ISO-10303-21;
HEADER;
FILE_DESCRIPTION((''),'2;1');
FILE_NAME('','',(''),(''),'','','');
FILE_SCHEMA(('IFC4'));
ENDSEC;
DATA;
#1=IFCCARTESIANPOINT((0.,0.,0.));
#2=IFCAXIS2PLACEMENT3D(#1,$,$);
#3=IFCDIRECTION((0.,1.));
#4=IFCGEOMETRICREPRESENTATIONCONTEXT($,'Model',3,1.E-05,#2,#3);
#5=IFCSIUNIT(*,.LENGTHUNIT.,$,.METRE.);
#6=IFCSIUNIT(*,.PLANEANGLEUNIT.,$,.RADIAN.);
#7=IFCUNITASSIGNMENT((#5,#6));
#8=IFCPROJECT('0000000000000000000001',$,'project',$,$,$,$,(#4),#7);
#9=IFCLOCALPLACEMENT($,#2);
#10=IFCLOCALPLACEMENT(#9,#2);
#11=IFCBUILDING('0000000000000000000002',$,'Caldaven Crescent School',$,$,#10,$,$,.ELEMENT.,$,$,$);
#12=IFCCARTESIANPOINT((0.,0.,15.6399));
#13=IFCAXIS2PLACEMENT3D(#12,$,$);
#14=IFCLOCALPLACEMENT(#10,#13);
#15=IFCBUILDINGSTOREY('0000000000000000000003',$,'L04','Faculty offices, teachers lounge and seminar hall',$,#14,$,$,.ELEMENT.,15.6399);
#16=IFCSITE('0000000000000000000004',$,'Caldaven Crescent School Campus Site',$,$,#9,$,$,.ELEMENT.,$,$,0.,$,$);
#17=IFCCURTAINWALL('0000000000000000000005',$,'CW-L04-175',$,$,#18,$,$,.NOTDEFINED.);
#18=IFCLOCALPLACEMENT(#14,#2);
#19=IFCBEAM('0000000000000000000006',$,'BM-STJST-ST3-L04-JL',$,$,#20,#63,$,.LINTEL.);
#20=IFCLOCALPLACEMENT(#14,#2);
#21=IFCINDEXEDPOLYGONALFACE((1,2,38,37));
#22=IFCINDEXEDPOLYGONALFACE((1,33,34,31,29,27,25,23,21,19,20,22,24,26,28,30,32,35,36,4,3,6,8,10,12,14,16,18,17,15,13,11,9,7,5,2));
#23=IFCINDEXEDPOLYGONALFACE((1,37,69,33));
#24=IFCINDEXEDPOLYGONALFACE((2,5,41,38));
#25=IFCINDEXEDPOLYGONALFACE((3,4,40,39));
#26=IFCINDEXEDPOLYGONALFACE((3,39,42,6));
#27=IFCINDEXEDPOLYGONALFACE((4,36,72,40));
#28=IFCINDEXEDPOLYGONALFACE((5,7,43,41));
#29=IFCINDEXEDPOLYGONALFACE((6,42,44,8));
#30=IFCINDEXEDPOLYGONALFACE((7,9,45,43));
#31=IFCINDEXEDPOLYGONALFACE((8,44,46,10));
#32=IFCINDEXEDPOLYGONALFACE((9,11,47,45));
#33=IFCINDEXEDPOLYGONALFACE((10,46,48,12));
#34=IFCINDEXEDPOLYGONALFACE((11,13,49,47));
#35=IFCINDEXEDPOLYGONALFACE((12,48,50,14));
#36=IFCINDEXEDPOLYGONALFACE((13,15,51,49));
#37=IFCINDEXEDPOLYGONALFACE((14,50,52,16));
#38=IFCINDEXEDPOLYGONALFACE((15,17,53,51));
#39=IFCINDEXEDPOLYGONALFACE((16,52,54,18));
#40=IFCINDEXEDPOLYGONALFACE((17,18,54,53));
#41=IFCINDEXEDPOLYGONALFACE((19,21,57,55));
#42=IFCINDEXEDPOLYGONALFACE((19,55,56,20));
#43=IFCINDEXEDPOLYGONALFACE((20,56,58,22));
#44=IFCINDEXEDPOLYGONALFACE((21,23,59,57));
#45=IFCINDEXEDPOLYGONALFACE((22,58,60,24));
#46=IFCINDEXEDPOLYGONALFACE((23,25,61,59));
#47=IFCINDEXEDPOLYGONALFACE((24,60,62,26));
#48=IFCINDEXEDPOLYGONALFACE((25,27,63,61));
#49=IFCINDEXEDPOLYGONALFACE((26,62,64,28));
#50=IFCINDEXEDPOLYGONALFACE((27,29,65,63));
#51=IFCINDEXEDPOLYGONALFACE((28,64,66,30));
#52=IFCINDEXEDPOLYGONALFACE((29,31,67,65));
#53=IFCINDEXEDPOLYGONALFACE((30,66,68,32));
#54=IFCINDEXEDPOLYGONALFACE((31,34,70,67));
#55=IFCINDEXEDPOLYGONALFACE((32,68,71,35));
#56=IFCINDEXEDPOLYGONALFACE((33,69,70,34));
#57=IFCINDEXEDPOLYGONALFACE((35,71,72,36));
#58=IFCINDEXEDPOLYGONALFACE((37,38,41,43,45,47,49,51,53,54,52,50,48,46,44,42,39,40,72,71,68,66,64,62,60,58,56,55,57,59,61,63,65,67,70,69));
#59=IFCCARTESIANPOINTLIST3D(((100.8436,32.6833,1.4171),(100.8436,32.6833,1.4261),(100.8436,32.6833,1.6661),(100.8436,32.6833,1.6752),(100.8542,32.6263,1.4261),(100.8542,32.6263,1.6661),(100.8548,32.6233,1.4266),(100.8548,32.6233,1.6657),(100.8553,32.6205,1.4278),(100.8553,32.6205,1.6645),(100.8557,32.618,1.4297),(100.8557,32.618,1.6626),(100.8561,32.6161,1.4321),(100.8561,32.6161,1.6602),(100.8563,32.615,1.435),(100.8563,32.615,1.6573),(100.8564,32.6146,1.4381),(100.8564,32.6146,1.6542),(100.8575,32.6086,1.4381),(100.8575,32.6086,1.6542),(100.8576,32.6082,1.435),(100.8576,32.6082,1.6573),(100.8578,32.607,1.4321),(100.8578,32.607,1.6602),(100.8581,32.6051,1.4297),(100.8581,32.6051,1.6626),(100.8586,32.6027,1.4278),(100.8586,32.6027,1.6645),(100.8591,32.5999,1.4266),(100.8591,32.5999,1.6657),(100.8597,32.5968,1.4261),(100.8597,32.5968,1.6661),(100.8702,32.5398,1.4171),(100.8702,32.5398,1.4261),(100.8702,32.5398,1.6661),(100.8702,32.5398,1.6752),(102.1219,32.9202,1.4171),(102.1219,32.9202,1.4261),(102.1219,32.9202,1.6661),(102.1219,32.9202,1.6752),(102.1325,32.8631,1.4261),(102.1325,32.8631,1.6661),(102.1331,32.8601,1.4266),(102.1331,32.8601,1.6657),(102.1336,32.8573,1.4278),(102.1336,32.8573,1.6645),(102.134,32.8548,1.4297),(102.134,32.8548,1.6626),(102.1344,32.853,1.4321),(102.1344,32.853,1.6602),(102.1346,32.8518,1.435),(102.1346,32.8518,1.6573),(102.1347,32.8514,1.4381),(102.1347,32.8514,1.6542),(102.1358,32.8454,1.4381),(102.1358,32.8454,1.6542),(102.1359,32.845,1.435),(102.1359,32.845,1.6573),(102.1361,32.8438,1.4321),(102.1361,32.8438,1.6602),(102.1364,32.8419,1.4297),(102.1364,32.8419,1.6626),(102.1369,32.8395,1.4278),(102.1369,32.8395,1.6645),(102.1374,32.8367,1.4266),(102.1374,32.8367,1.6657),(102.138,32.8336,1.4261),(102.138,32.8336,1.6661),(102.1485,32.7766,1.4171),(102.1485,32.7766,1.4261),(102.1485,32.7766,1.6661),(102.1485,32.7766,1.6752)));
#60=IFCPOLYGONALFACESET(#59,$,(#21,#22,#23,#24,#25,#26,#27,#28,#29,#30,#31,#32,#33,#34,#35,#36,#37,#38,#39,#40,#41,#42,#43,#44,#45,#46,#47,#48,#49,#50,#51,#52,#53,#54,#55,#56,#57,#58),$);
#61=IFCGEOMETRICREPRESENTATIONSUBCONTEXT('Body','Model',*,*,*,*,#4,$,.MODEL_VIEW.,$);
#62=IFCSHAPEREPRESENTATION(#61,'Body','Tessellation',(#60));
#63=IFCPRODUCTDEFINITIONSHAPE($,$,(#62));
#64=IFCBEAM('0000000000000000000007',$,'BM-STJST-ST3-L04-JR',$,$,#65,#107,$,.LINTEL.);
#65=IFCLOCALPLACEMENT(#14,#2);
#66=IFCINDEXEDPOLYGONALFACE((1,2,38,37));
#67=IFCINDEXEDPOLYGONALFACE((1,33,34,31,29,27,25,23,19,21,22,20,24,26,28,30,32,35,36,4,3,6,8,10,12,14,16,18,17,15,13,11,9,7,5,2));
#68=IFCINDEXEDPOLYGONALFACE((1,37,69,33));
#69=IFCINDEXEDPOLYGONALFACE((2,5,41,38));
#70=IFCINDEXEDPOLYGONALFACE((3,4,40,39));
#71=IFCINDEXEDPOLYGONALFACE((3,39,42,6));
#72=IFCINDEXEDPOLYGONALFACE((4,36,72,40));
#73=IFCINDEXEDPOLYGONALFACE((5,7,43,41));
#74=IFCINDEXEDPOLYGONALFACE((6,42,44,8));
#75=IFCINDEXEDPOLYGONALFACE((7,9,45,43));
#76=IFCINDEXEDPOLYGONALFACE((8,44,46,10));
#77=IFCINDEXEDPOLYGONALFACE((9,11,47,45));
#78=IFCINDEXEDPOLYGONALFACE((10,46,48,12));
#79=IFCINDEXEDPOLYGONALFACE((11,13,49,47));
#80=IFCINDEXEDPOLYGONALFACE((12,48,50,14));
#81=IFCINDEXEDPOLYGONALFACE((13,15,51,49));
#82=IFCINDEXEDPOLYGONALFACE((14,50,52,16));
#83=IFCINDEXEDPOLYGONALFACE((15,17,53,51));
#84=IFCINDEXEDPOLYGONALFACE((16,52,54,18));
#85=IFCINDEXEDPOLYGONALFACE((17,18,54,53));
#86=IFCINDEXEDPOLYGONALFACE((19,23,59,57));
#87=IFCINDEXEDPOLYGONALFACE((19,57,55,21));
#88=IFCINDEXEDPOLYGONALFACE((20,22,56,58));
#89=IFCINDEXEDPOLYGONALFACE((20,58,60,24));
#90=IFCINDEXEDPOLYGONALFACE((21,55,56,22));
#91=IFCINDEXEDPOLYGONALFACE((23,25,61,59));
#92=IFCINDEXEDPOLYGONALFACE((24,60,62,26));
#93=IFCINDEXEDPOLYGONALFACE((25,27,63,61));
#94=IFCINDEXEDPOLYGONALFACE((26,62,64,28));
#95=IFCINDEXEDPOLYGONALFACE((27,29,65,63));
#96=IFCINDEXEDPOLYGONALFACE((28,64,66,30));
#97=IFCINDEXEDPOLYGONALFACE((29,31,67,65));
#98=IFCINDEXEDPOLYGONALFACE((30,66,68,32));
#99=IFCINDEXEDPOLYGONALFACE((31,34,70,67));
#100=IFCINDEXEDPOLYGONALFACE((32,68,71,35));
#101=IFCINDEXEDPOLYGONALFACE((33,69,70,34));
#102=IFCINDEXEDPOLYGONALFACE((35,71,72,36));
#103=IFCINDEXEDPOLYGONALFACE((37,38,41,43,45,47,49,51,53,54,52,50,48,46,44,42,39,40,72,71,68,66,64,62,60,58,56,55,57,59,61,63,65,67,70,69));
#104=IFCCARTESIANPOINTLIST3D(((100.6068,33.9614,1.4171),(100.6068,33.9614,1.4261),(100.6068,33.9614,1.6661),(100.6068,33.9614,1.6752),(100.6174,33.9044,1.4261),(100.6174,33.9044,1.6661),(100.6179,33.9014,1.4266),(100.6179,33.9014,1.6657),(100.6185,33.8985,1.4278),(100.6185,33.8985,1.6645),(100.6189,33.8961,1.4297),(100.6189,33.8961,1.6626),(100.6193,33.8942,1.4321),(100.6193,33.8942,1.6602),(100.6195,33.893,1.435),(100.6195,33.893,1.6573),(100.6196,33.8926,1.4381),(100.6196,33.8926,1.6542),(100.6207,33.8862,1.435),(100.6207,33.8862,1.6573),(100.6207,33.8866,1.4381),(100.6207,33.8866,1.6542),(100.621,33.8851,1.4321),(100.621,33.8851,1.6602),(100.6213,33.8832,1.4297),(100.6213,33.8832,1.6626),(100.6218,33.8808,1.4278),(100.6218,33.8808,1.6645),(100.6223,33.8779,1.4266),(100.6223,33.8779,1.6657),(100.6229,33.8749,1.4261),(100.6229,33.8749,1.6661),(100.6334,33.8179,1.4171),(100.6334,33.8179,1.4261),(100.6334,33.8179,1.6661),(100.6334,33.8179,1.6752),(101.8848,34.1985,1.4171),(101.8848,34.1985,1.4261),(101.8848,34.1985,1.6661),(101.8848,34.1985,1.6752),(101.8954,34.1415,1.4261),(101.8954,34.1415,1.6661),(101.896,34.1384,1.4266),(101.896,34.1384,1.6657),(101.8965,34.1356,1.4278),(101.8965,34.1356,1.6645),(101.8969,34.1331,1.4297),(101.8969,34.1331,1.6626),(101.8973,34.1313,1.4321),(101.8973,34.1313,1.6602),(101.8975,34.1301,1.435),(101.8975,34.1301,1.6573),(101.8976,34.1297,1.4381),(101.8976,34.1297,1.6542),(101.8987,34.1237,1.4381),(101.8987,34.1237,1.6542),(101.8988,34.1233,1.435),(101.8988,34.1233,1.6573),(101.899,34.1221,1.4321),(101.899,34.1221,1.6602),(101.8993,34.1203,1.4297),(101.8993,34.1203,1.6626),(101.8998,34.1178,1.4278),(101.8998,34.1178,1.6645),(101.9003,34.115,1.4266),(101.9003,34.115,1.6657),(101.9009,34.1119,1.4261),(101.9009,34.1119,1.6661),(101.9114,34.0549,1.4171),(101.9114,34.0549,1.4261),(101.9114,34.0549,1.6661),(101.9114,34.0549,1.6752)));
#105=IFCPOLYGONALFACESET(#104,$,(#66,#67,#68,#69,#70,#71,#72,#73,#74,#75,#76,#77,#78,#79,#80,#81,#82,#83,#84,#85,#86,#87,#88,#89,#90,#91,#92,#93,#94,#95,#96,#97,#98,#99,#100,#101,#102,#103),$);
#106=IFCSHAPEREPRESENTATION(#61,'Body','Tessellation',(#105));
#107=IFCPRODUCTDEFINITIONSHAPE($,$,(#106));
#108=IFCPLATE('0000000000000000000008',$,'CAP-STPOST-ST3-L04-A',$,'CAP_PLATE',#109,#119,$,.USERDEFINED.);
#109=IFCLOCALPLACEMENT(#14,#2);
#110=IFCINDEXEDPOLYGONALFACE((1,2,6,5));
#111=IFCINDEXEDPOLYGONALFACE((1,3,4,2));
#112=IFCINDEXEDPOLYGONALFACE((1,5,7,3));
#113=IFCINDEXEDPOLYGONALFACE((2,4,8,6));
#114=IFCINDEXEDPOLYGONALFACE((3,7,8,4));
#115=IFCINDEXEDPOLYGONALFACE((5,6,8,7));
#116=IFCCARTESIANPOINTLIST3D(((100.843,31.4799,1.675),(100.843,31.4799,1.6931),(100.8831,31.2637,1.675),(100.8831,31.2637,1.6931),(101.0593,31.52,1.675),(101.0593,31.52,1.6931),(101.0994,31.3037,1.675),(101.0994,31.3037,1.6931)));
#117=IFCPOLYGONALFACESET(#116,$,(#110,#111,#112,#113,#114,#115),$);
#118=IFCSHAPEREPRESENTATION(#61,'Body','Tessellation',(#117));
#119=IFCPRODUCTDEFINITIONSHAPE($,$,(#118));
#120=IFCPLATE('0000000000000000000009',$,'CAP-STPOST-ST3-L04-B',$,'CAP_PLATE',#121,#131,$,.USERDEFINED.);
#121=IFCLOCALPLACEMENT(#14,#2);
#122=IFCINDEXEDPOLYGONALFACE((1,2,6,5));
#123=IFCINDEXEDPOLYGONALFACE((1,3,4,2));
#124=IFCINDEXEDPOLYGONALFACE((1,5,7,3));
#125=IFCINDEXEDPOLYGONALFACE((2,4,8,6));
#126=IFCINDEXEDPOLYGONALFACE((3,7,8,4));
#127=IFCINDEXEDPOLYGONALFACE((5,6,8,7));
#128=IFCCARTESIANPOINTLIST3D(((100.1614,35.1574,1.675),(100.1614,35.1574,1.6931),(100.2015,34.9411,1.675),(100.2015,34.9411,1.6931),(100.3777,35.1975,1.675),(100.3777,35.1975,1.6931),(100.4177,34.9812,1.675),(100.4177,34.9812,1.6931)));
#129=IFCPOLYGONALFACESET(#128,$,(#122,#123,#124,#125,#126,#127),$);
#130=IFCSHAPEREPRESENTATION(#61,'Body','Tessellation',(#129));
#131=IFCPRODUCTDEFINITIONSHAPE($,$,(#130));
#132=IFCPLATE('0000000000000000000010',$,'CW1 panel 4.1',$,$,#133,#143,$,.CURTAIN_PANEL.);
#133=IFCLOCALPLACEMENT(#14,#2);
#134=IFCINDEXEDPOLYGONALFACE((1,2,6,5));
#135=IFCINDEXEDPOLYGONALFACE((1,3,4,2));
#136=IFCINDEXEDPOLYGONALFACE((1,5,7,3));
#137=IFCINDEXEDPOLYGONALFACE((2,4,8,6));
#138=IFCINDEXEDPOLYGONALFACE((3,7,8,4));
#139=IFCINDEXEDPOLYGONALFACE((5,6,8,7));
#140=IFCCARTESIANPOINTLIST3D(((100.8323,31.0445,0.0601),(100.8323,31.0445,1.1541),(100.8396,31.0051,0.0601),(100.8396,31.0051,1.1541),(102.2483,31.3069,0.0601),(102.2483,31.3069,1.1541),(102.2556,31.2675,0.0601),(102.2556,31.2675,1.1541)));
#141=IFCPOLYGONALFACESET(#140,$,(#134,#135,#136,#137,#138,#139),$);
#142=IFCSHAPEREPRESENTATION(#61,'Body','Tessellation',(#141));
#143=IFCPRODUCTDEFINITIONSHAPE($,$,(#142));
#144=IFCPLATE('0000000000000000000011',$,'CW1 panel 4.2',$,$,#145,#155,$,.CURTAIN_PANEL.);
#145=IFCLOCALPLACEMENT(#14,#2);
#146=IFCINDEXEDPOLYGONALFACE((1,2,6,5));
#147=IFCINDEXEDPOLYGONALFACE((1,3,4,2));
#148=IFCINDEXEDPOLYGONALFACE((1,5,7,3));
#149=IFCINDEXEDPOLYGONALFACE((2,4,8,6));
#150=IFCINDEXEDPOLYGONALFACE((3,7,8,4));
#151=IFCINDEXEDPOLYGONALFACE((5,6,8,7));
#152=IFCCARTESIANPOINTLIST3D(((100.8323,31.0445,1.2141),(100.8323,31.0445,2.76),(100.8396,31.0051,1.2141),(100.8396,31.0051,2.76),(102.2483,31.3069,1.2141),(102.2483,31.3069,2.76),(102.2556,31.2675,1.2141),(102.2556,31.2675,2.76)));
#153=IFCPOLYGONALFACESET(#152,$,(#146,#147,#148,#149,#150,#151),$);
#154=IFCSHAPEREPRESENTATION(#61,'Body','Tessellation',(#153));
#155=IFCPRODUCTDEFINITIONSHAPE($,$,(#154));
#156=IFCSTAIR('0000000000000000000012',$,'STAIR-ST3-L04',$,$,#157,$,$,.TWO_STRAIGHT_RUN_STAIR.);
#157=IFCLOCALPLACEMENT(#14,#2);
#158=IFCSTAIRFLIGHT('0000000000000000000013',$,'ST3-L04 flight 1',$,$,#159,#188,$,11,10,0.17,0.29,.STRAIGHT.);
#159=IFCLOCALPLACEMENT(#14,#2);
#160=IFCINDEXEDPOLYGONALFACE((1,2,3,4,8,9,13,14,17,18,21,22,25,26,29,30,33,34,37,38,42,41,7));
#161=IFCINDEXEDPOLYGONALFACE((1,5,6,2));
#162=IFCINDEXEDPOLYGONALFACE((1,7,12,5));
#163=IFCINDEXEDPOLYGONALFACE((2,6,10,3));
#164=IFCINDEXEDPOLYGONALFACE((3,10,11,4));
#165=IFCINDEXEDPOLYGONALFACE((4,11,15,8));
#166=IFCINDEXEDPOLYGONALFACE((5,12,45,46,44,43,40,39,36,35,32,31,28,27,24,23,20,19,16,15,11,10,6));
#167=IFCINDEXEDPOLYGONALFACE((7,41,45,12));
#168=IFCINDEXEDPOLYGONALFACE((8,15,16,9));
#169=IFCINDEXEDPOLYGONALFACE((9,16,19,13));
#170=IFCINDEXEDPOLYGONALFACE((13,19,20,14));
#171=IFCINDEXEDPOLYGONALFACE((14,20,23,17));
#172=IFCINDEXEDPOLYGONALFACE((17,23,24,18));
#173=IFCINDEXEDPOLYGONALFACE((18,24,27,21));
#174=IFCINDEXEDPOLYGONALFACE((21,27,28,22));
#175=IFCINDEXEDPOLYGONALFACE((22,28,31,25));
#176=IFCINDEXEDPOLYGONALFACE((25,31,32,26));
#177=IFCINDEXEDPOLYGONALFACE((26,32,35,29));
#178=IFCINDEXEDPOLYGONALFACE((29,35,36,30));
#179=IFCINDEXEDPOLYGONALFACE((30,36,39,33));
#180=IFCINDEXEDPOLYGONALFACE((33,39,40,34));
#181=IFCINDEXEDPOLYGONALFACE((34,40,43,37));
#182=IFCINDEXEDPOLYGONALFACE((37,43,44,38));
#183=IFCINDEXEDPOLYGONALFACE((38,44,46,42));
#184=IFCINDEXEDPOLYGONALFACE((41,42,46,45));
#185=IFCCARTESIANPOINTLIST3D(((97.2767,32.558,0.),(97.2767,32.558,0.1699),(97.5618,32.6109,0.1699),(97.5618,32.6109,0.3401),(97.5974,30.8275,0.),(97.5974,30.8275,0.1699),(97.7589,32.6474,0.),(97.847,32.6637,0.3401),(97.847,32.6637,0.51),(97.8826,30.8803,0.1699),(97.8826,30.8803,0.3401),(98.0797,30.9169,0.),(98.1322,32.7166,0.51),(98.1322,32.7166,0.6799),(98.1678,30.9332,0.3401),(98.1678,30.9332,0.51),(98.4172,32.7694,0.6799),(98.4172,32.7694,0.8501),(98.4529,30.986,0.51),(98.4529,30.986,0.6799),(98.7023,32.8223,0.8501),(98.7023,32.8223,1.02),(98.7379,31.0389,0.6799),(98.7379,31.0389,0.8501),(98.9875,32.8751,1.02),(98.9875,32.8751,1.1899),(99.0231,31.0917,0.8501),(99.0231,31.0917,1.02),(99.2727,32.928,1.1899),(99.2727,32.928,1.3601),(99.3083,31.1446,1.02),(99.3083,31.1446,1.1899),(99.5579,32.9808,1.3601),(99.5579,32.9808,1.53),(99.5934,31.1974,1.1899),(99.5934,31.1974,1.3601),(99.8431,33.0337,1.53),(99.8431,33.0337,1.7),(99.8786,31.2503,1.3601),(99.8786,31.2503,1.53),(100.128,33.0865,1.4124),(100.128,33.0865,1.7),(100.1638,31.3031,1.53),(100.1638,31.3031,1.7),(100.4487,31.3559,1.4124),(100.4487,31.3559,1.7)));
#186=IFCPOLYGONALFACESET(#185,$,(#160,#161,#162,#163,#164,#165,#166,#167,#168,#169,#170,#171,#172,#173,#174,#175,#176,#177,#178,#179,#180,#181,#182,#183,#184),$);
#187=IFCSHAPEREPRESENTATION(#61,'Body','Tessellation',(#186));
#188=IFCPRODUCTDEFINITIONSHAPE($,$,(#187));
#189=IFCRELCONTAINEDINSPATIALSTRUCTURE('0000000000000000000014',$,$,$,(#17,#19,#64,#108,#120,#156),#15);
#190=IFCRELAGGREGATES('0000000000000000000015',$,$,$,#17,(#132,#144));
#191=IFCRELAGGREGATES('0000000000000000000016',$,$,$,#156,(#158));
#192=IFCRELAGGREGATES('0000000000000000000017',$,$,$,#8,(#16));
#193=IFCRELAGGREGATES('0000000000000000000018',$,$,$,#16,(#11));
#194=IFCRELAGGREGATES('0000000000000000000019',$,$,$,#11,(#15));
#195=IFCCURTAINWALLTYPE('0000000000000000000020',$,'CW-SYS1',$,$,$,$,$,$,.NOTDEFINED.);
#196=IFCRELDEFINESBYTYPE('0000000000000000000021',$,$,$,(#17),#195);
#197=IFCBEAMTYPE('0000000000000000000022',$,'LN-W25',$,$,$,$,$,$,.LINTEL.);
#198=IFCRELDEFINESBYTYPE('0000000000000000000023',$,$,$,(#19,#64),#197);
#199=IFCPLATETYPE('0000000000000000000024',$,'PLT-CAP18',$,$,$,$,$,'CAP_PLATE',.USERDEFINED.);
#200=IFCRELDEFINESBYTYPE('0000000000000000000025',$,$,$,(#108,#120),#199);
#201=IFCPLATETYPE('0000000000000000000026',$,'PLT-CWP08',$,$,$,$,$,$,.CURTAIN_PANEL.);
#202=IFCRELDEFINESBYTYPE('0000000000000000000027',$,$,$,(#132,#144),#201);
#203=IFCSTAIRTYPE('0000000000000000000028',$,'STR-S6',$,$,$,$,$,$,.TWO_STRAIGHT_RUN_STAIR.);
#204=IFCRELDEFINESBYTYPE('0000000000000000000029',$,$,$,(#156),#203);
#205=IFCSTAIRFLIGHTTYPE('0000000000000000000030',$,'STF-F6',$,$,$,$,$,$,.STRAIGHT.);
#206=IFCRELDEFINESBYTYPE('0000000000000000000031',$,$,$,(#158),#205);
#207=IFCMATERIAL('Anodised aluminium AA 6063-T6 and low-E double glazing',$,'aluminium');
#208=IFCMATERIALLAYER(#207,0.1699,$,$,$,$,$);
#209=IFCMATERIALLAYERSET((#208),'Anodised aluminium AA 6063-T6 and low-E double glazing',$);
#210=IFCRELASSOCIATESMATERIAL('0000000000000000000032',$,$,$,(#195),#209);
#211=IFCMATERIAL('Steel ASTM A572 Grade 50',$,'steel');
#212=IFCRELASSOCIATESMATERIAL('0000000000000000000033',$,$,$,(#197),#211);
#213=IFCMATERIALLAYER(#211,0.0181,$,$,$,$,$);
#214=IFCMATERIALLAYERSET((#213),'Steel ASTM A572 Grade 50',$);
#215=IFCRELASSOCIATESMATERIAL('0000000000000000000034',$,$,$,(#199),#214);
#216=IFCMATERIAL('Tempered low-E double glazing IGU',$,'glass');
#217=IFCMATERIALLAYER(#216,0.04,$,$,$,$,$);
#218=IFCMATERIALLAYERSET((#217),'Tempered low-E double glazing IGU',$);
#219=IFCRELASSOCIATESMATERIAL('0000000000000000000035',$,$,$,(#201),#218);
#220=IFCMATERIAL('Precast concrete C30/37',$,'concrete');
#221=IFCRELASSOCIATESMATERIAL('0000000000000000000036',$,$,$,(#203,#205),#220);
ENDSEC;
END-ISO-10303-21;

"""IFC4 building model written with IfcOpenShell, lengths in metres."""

from ifc_helpers import new_model, si_unit, direction, frame, origin, origin_2d, place, context, subcontext, project, spatial, polyline, rectangle, i_section, outline, extrude, material, layer, layer_set, material_profile, profile_set, type_object, element, aggregate, save


model = new_model("IFC4")

# Units and contexts
model_context = context("Model", 3, precision=1e-05, world=origin(), true_north=direction((0.0, 1.0)))
body_context = subcontext(model_context, "Body", "Model", "MODEL_VIEW")
ifc_project = project(units=[si_unit("LENGTHUNIT", "METRE"), si_unit("PLANEANGLEUNIT", "RADIAN")], contexts=[model_context])

# Site, building, storey
site_placement = place(None, origin())
site = spatial("IfcSite", under=ifc_project, at=site_placement, Name="Caldaven Crescent School Campus Site", CompositionType="ELEMENT", RefElevation=0.0)
building_placement = place(site_placement, origin())
building = spatial("IfcBuilding", under=site, at=building_placement, Name="Caldaven Crescent School", CompositionType="ELEMENT")
storey_placement = place(building_placement, frame((0.0, 0.0, 15.6399)))
storey = spatial("IfcBuildingStorey", under=building, at=storey_placement, Name="L04", Description="Faculty offices, teachers lounge and seminar hall", CompositionType="ELEMENT", Elevation=15.6399)

# Shared definitions
ifc_material_1 = material(Name="Steel ASTM A572 Grade 50", Category="steel")

# Curtain wall
ifc_material_2 = material(Name="Anodised aluminium AA 6063-T6 and low-E double glazing", Category="aluminium")
ifc_layer_1 = layer(ifc_material_2, 0.1699)
ifc_layer_set_1 = layer_set([ifc_layer_1], Name="Anodised aluminium AA 6063-T6 and low-E double glazing")
curtain_wall_type = type_object("IfcCurtainWallType", Name="CW-SYS1", PredefinedType="NOTDEFINED", material=ifc_layer_set_1)
curtain_wall_placement = place(storey_placement, origin())
curtain_wall = element("IfcCurtainWall", 1, at=curtain_wall_placement, inside=storey, type_object=curtain_wall_type, Name="CW-L04-175", PredefinedType="NOTDEFINED")

# Beams
ifc_material_profile_1 = material_profile(ifc_material_1, i_section(OverallWidth=0.146, OverallDepth=0.2581, WebThickness=0.0061, FlangeThickness=0.009, FilletRadius=0.012, at=origin_2d()), Name="W250x33")
ifc_profile_set_1 = profile_set([ifc_material_profile_1], Name="Steel ASTM A572 Grade 50")
beam_type_1 = type_object("IfcBeamType", Name="LN-W25", PredefinedType="LINTEL", material=ifc_profile_set_1)
beam_1_placement = place(storey_placement, frame((100.8569, 32.6116, 1.5461), z_axis=(0.98327, 0.182157, 0.0), x_axis=(-0.182157, 0.98327, 0.0)))
element("IfcBeam", 2, at=beam_1_placement, inside=storey, type_object=beam_type_1, Name="BM-STJST-ST3-L04-JL", PredefinedType="LINTEL", context=body_context, shape_type="SweptSolid", body=[
    extrude(i_section(OverallWidth=0.146, OverallDepth=0.2581, WebThickness=0.0061, FlangeThickness=0.009, FilletRadius=0.012, at=origin_2d()), origin(), (0.0, 0.0, 1.0), 1.3),
])
beam_2_placement = place(storey_placement, frame((100.6201, 33.8896, 1.5461), z_axis=(0.98323, 0.182372, 0.0), x_axis=(-0.182372, 0.98323, 0.0)))
element("IfcBeam", 3, at=beam_2_placement, inside=storey, type_object=beam_type_1, Name="BM-STJST-ST3-L04-JR", PredefinedType="LINTEL", context=body_context, shape_type="SweptSolid", body=[
    extrude(i_section(OverallWidth=0.146, OverallDepth=0.2581, WebThickness=0.0061, FlangeThickness=0.009, FilletRadius=0.012, at=origin_2d()), origin(), (0.0, 0.0, 1.0), 1.2998),
])

# Plates
ifc_layer_2 = layer(ifc_material_1, 0.0181)
ifc_layer_set_2 = layer_set([ifc_layer_2], Name="Steel ASTM A572 Grade 50")
plate_type_1 = type_object("IfcPlateType", Name="PLT-CAP18", ElementType="CAP_PLATE", PredefinedType="USERDEFINED", material=ifc_layer_set_2)
for number, where, z_axis, x_axis, name in (
    (4, (100.9712, 31.3918, 1.675), (0.0, 0.0, 1.0), (0.983255, 0.182236, 0.0), "CAP-STPOST-ST3-L04-A"),
    (5, (100.2896, 35.0693, 1.675), (0.0, 0.0, 1.0), (0.983255, 0.182236, 0.0), "CAP-STPOST-ST3-L04-B"),
):
    element("IfcPlate", number, at=place(storey_placement, frame(where, z_axis=z_axis, x_axis=x_axis)), inside=storey, type_object=plate_type_1, Name=name, ObjectType="CAP_PLATE", PredefinedType="USERDEFINED", context=body_context, shape_type="SweptSolid", body=[
        extrude(rectangle(XDim=0.22, YDim=0.22, at=origin_2d()), origin(), (0.0, 0.0, 1.0), 0.0181),
    ])

# Plates
ifc_material_3 = material(Name="Tempered low-E double glazing IGU", Category="glass")
ifc_layer_3 = layer(ifc_material_3, 0.04)
ifc_layer_set_3 = layer_set([ifc_layer_3], Name="Tempered low-E double glazing IGU")
plate_type_2 = type_object("IfcPlateType", Name="PLT-CWP08", PredefinedType="CURTAIN_PANEL", material=ifc_layer_set_3)
plate_1_placement = place(storey_placement, frame((101.5439, 31.156, 0.0601), z_axis=(0.0, 0.0, 1.0), x_axis=(0.983255, 0.182236, 0.0)))
plate_1 = element("IfcPlate", 6, at=plate_1_placement, type_object=plate_type_2, Name="CW1 panel 4.1", PredefinedType="CURTAIN_PANEL", context=body_context, shape_type="SweptSolid", body=[
    extrude(rectangle(XDim=1.4402, YDim=0.04, at=origin_2d()), origin(), (0.0, 0.0, 1.0), 1.094),
])
plate_2_placement = place(storey_placement, frame((101.5439, 31.156, 1.2141), z_axis=(0.0, 0.0, 1.0), x_axis=(0.983255, 0.182236, 0.0)))
plate_2 = element("IfcPlate", 7, at=plate_2_placement, type_object=plate_type_2, Name="CW1 panel 4.2", PredefinedType="CURTAIN_PANEL", context=body_context, shape_type="SweptSolid", body=[
    extrude(rectangle(XDim=1.4402, YDim=0.04, at=origin_2d()), origin(), (0.0, 0.0, 1.0), 1.5459),
])
aggregate(curtain_wall, [plate_1, plate_2])

# Stair, stair flight
ifc_material_4 = material(Name="Precast concrete C30/37", Category="concrete")
stair_type = type_object("IfcStairType", Name="STR-S6", PredefinedType="TWO_STRAIGHT_RUN_STAIR", material=ifc_material_4)
stair_placement = place(storey_placement, origin())
stair = element("IfcStair", 8, at=stair_placement, inside=storey, type_object=stair_type, Name="STAIR-ST3-L04", PredefinedType="TWO_STRAIGHT_RUN_STAIR")
stair_flight_type = type_object("IfcStairFlightType", Name="STF-F6", PredefinedType="STRAIGHT", material=ifc_material_4)
stair_flight_1_placement = place(storey_placement, frame((97.437, 31.6929, 0.0), z_axis=(0.0, 0.0, 1.0), x_axis=(0.983255, 0.182236, 0.0)))
stair_flight_1 = element("IfcStairFlight", 9, at=stair_flight_1_placement, type_object=stair_flight_type, Name="ST3-L04 flight 1", NumberOfRisers=11, NumberOfTreads=10, PredefinedType="STRAIGHT", RiserHeight=0.17, TreadLength=0.29, context=body_context, shape_type="SweptSolid", body=[
    extrude(outline(polyline([(0.0, 0.0), (0.0, 0.1699), (0.29, 0.1699), (0.29, 0.3401), (0.5801, 0.3401), (0.5801, 0.51), (0.8701, 0.51), (0.8701, 0.6799), (1.1599, 0.6799), (1.1599, 0.8501), (1.45, 0.8501), (1.45, 1.02), (1.74, 1.02), (1.74, 1.1899), (2.03, 1.1899), (2.03, 1.3601), (2.3201, 1.3601), (2.3201, 1.53), (2.6101, 1.53), (2.6101, 1.7), (2.8999, 1.7), (2.8999, 1.8701), (2.8999, 1.4124), (0.4905, 0.0), (0.0, 0.0)])), frame((0.0, 0.8799, 0.0), z_axis=(0.0, -1.0, 0.0), x_axis=(1.0, 0.0, 0.0)), (0.0, 0.0, 1.0), 1.76),
])
aggregate(stair, [stair_flight_1])

save(model, "model.ifc")
